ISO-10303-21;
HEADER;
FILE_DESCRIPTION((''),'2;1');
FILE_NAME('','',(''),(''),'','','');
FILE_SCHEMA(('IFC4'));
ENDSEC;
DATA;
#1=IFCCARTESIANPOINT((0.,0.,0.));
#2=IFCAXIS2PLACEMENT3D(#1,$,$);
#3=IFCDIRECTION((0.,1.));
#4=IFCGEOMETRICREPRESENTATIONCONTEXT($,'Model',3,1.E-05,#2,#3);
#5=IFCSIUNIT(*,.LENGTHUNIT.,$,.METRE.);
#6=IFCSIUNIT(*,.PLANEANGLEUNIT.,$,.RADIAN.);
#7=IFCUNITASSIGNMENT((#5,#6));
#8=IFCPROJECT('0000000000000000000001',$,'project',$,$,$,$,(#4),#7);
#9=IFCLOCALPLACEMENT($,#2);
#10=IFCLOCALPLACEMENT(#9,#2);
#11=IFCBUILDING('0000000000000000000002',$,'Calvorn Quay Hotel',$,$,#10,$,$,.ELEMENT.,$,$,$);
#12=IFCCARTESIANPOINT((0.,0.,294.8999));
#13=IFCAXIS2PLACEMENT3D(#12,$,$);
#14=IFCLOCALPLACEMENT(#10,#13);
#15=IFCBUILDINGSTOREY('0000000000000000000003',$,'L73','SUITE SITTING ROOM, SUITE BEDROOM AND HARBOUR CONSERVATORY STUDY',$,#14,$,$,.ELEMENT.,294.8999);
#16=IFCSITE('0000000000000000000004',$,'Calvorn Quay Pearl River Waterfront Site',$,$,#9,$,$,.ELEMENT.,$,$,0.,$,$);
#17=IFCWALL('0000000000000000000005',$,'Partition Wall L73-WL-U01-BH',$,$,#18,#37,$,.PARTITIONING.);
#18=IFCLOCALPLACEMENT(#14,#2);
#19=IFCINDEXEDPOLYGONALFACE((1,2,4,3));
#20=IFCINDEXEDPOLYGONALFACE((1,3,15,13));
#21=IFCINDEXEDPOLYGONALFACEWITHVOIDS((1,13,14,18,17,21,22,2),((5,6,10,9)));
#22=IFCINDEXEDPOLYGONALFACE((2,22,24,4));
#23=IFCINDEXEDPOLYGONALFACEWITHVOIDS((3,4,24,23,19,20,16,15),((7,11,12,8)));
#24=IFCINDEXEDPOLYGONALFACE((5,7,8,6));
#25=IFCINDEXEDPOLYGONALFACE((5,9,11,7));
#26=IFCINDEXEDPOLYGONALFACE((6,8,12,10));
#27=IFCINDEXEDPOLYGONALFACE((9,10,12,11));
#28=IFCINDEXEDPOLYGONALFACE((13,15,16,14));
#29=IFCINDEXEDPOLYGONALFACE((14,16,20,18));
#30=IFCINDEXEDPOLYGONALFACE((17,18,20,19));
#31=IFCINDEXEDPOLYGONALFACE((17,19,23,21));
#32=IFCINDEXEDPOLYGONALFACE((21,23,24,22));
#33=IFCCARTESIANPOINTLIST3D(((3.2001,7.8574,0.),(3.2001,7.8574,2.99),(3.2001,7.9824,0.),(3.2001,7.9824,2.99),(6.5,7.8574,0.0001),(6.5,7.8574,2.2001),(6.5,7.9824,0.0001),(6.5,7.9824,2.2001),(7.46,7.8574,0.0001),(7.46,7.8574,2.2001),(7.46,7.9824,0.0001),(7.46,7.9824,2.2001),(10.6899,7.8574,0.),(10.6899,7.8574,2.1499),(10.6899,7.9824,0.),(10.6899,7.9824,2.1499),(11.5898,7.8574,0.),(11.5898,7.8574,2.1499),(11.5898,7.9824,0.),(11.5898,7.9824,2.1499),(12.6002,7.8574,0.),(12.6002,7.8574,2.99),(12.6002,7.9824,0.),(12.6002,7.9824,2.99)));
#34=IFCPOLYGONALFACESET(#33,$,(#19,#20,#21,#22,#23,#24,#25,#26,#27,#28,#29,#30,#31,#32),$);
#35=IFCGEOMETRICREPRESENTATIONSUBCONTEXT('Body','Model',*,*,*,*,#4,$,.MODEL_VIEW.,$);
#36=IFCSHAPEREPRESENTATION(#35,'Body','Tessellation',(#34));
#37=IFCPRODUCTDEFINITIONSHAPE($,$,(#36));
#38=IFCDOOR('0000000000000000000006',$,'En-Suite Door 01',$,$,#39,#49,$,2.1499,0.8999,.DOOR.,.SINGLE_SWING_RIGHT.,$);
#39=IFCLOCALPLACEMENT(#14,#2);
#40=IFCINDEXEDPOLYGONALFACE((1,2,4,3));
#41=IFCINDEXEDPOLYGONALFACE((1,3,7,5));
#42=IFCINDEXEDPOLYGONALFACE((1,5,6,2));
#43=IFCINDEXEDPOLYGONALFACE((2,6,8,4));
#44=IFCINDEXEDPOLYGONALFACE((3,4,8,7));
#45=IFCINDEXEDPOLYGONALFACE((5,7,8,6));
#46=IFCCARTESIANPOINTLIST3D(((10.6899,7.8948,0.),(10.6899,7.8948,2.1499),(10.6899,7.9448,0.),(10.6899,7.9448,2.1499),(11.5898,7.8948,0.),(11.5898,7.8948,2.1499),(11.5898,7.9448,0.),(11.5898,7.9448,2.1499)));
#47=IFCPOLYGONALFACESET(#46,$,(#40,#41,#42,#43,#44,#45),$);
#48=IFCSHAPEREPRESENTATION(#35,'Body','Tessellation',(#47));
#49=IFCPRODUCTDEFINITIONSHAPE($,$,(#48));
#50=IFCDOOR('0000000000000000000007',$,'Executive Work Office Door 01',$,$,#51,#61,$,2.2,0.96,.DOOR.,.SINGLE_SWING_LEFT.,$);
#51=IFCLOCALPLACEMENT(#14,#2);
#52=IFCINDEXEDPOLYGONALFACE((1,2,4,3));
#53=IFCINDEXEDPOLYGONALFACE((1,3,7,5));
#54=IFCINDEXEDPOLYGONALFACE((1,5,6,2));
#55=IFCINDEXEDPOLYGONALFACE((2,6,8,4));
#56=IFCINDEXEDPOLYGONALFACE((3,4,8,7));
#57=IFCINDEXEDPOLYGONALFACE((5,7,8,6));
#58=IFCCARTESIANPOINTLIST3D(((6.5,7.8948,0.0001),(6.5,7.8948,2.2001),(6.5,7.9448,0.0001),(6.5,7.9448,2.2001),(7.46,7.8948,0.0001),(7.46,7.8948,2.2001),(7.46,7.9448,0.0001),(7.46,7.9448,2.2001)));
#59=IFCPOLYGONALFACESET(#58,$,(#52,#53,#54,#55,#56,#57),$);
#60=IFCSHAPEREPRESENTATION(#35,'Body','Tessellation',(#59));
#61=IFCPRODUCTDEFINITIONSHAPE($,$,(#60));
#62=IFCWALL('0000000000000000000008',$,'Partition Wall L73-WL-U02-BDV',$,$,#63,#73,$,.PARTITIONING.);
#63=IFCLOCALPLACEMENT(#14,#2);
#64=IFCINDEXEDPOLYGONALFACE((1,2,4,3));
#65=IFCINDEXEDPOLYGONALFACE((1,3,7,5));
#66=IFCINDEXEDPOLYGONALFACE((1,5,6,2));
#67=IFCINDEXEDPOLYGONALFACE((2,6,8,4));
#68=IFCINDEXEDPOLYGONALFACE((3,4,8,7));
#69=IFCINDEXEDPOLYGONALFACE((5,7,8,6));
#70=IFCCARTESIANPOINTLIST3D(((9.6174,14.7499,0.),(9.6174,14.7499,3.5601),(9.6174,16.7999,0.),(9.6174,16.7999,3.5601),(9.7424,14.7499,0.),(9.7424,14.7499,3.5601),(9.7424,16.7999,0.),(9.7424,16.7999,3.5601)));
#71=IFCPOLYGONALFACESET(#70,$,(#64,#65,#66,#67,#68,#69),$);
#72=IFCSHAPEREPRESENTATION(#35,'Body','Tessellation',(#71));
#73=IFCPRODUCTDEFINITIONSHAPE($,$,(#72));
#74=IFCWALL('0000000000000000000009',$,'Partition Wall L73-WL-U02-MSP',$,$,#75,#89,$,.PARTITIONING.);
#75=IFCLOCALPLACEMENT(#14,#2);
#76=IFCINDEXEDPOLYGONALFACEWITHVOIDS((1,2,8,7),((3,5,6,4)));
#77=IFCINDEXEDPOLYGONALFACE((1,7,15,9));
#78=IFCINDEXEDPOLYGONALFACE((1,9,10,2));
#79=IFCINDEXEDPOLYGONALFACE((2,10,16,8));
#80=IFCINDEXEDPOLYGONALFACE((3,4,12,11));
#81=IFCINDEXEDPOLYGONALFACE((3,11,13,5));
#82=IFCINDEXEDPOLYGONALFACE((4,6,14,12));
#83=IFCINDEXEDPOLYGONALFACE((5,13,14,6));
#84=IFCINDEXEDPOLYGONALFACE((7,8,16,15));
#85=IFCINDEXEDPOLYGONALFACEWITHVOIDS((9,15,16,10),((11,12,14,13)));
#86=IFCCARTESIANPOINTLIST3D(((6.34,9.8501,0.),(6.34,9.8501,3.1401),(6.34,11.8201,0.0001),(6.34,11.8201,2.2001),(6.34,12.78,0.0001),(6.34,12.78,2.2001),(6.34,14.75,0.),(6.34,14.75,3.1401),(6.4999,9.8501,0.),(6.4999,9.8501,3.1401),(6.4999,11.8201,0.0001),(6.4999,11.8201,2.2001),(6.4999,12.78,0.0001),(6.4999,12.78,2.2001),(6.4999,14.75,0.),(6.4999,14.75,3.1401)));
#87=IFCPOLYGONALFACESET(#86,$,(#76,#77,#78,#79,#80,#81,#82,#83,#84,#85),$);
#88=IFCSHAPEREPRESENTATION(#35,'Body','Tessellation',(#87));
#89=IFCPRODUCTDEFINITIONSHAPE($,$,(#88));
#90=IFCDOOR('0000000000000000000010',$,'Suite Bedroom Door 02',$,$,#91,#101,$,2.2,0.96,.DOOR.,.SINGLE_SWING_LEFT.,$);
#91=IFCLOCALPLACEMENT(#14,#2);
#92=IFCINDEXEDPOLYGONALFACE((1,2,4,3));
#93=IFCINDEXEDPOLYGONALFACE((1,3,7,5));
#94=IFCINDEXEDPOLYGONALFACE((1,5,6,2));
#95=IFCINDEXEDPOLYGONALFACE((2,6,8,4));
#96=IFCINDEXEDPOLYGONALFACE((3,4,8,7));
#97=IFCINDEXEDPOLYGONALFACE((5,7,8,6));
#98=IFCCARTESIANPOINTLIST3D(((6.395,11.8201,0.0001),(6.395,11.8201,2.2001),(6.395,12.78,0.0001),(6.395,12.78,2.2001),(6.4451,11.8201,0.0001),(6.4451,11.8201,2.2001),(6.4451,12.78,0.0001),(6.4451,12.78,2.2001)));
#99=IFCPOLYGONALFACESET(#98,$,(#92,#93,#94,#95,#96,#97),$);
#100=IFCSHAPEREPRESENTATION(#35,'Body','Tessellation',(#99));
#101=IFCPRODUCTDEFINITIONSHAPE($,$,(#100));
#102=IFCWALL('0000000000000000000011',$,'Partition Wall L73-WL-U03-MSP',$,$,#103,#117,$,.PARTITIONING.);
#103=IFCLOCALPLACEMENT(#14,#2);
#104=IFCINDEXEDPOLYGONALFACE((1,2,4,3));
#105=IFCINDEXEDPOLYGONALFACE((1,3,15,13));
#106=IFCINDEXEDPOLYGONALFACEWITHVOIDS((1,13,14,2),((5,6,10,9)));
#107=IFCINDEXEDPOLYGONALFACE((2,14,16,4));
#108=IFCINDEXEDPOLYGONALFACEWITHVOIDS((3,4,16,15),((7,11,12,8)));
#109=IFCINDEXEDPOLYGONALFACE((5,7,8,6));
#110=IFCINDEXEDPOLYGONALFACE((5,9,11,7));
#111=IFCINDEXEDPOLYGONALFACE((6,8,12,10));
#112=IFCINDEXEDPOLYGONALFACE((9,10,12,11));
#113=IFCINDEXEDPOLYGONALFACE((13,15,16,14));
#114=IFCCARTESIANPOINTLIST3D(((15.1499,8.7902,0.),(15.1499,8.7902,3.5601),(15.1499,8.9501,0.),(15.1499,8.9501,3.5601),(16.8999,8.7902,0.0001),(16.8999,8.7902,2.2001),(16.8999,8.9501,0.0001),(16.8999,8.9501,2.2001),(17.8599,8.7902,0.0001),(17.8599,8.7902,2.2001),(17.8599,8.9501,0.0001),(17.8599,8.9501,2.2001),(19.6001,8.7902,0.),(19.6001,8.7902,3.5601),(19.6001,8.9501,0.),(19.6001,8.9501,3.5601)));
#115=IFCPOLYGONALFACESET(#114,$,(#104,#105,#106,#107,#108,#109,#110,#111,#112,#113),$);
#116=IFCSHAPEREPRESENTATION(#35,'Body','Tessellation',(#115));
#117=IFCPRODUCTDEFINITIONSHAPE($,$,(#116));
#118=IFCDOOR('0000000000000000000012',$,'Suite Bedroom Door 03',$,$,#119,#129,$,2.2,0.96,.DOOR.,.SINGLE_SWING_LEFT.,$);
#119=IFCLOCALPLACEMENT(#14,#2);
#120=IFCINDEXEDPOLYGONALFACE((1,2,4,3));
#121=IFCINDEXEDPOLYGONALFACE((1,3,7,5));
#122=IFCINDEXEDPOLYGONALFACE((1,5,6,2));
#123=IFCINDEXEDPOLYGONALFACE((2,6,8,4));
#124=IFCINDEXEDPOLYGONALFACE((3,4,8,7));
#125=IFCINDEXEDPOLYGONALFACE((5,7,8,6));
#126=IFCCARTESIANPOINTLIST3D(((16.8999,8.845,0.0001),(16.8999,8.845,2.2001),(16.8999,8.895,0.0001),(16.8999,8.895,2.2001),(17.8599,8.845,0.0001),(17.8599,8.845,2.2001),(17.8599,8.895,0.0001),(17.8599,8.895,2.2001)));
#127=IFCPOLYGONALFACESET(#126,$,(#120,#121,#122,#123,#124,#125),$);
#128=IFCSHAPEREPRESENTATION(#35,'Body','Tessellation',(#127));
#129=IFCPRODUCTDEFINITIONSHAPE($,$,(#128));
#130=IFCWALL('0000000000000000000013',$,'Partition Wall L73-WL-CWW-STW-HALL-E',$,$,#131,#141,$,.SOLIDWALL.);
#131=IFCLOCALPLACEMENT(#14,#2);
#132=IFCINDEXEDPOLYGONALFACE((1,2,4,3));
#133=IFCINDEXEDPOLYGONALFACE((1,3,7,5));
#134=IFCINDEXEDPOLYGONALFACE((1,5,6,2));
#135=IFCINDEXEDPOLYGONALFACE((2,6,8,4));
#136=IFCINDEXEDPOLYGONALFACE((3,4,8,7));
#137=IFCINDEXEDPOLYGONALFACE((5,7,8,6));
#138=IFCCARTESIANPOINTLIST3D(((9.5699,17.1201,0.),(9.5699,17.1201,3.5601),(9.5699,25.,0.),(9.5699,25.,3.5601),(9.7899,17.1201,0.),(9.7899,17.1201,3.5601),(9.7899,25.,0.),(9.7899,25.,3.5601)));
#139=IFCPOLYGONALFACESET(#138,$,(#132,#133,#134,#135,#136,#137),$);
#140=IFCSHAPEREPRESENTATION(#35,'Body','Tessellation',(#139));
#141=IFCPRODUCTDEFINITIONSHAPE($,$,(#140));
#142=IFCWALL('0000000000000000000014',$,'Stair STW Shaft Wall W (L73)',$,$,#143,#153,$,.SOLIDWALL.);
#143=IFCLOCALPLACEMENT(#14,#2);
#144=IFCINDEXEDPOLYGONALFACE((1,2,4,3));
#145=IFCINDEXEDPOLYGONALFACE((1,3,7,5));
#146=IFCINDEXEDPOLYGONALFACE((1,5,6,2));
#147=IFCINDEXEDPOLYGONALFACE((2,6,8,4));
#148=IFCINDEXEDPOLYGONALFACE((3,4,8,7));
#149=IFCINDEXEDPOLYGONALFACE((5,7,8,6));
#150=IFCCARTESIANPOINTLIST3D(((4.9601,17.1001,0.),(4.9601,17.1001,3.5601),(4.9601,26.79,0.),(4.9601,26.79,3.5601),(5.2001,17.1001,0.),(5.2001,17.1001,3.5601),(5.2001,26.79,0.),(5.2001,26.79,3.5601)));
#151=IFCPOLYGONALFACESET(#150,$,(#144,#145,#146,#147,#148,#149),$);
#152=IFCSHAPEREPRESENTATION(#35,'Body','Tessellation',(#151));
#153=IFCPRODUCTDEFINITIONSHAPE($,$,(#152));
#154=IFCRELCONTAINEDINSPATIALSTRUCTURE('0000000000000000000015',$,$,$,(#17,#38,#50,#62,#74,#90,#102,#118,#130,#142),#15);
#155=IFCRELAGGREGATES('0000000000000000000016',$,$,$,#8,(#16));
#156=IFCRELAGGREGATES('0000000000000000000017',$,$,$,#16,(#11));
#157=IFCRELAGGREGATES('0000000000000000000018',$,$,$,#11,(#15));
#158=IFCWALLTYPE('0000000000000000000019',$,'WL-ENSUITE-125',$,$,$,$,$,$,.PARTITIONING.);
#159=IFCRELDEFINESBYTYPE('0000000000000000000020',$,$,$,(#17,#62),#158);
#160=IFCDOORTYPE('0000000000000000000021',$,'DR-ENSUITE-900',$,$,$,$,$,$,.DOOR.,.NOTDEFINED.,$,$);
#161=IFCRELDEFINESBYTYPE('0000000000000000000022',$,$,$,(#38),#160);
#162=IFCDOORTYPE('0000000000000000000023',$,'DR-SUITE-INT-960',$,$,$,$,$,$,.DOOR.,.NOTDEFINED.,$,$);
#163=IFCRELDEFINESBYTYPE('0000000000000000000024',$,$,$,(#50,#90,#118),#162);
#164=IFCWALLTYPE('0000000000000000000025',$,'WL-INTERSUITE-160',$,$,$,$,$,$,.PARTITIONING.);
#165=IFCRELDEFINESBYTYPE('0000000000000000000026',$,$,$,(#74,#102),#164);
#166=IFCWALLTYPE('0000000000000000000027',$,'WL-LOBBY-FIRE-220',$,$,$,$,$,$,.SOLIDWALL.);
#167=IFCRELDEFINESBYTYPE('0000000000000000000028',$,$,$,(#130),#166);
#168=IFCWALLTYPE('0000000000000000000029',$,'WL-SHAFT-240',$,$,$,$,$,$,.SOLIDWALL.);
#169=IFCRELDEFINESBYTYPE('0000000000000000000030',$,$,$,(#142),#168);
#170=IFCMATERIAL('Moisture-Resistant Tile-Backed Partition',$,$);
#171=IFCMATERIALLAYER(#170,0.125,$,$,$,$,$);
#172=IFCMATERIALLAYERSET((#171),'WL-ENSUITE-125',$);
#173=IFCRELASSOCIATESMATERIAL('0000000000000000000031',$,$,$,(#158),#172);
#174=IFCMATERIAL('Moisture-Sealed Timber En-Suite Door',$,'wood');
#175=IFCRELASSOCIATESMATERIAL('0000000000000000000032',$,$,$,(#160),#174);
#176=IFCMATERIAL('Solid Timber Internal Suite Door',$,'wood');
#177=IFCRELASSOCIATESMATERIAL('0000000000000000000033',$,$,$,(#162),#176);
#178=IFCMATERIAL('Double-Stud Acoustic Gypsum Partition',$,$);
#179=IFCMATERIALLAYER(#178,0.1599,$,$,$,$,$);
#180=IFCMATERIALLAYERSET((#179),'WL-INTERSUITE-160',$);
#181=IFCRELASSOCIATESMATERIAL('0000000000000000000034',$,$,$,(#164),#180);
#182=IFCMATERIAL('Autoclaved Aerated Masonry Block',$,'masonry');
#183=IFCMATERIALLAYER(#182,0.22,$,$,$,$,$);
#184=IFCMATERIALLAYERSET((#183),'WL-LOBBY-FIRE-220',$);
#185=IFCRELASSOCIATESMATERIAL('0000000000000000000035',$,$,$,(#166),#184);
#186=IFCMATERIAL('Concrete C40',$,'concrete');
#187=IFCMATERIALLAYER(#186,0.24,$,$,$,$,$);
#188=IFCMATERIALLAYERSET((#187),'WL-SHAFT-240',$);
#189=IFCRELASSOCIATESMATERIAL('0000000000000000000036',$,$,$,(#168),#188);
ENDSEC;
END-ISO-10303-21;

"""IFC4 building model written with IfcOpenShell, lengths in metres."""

from ifc_helpers import new_model, si_unit, direction, frame, frame_2d, origin, place, context, subcontext, project, spatial, rectangle, extrude, material, layer, layer_set, type_object, element, fill, save


model = new_model("IFC4")

# Units and contexts
model_context = context("Model", 3, precision=1e-05, world=origin(), true_north=direction((0.0, 1.0)))
body_context = subcontext(model_context, "Body", "Model", "MODEL_VIEW")
ifc_project = project(units=[si_unit("LENGTHUNIT", "METRE"), si_unit("PLANEANGLEUNIT", "RADIAN")], contexts=[model_context])

# Site, building, storey
site_placement = place(None, origin())
site = spatial("IfcSite", under=ifc_project, at=site_placement, Name="Calvorn Quay Pearl River Waterfront Site", CompositionType="ELEMENT", RefElevation=0.0)
building_placement = place(site_placement, origin())
building = spatial("IfcBuilding", under=site, at=building_placement, Name="Calvorn Quay Hotel", CompositionType="ELEMENT")
storey_placement = place(building_placement, frame((0.0, 0.0, 294.8999)))
storey = spatial("IfcBuildingStorey", under=building, at=storey_placement, Name="L73", Description="SUITE SITTING ROOM, SUITE BEDROOM AND HARBOUR CONSERVATORY STUDY", CompositionType="ELEMENT", Elevation=294.8999)

# Shared definitions
ifc_material_1 = material(Name="Moisture-Resistant Tile-Backed Partition")
ifc_layer_1 = layer(ifc_material_1, 0.125)
ifc_layer_set_1 = layer_set([ifc_layer_1], Name="WL-ENSUITE-125")
wall_type_1 = type_object("IfcWallType", Name="WL-ENSUITE-125", PredefinedType="PARTITIONING", material=ifc_layer_set_1)

# Wall, openings, doors
wall_1_placement = place(storey_placement, frame((3.2, 7.9199, 0.0), z_axis=(0.0, 0.0, 1.0), x_axis=(1.0, 0.0, 0.0)))
wall_1 = element("IfcWall", 1, at=wall_1_placement, inside=storey, type_object=wall_type_1, Name="Partition Wall L73-WL-U01-BH", PredefinedType="PARTITIONING", context=body_context, shape_type="SweptSolid", body=[
    extrude(rectangle(XDim=9.4001, YDim=0.125, at=frame_2d((4.7002, 0.0))), origin(), (0.0, 0.0, 1.0), 2.99),
])
opening_1_placement = place(wall_1_placement, frame((3.3, 0.0, 0.0)))
opening_1 = element("IfcOpeningElement", 2, at=opening_1_placement, cuts=wall_1, PredefinedType="OPENING", context=body_context, shape_type="SweptSolid", body=[
    extrude(rectangle(XDim=0.96, YDim=2.2, at=frame_2d((0.48, 1.1001))), frame((0.0, 0.0725, 0.0), z_axis=(0.0, -1.0, 0.0), x_axis=(1.0, 0.0, 0.0)), (0.0, 0.0, 1.0), 0.145),
])
opening_2_placement = place(wall_1_placement, frame((7.49, 0.0, 0.0)))
opening_2 = element("IfcOpeningElement", 3, at=opening_2_placement, cuts=wall_1, PredefinedType="OPENING", context=body_context, shape_type="SweptSolid", body=[
    extrude(rectangle(XDim=0.8999, YDim=2.1499, at=frame_2d((0.45, 1.075))), frame((0.0, 0.0725, 0.0), z_axis=(0.0, -1.0, 0.0), x_axis=(1.0, 0.0, 0.0)), (0.0, 0.0, 1.0), 0.145),
])
ifc_material_2 = material(Name="Moisture-Sealed Timber En-Suite Door", Category="wood")
door_type_1 = type_object("IfcDoorType", Name="DR-ENSUITE-900", OperationType="NOTDEFINED", PredefinedType="DOOR", material=ifc_material_2)
door_1_placement = place(opening_2_placement, origin())
door_1 = element("IfcDoor", 4, at=door_1_placement, inside=storey, type_object=door_type_1, Name="En-Suite Door 01", OperationType="SINGLE_SWING_RIGHT", OverallHeight=2.1499, OverallWidth=0.8999, PredefinedType="DOOR", context=body_context, shape_type="SweptSolid", body=[
    extrude(rectangle(XDim=0.8999, YDim=2.1499, at=frame_2d((0.45, 1.075))), frame((0.0, 0.0249, 0.0), z_axis=(0.0, -1.0, 0.0), x_axis=(1.0, 0.0, 0.0)), (0.0, 0.0, 1.0), 0.05),
])
fill(opening_2, door_1)
ifc_material_3 = material(Name="Solid Timber Internal Suite Door", Category="wood")
door_type_2 = type_object("IfcDoorType", Name="DR-SUITE-INT-960", OperationType="NOTDEFINED", PredefinedType="DOOR", material=ifc_material_3)
door_2_placement = place(opening_1_placement, origin())
door_2 = element("IfcDoor", 5, at=door_2_placement, inside=storey, type_object=door_type_2, Name="Executive Work Office Door 01", OperationType="SINGLE_SWING_LEFT", OverallHeight=2.2, OverallWidth=0.96, PredefinedType="DOOR", context=body_context, shape_type="SweptSolid", body=[
    extrude(rectangle(XDim=0.96, YDim=2.2, at=frame_2d((0.48, 1.1001))), frame((0.0, 0.0249, 0.0), z_axis=(0.0, -1.0, 0.0), x_axis=(1.0, 0.0, 0.0)), (0.0, 0.0, 1.0), 0.05),
])
fill(opening_1, door_2)

# Wall
wall_2_placement = place(storey_placement, frame((9.6799, 14.75, 0.0), z_axis=(0.0, 0.0, 1.0), x_axis=(0.0, 1.0, 0.0)))
element("IfcWall", 6, at=wall_2_placement, inside=storey, type_object=wall_type_1, Name="Partition Wall L73-WL-U02-BDV", PredefinedType="PARTITIONING", context=body_context, shape_type="SweptSolid", body=[
    extrude(rectangle(XDim=2.05, YDim=0.125, at=frame_2d((1.0249, 0.0))), origin(), (0.0, 0.0, 1.0), 3.5601),
])

# Walls, openings, doors
ifc_material_4 = material(Name="Double-Stud Acoustic Gypsum Partition")
ifc_layer_2 = layer(ifc_material_4, 0.1599)
ifc_layer_set_2 = layer_set([ifc_layer_2], Name="WL-INTERSUITE-160")
wall_type_2 = type_object("IfcWallType", Name="WL-INTERSUITE-160", PredefinedType="PARTITIONING", material=ifc_layer_set_2)
wall_3_placement = place(storey_placement, frame((6.4199, 9.8501, 0.0), z_axis=(0.0, 0.0, 1.0), x_axis=(0.0, 1.0, 0.0)))
wall_3 = element("IfcWall", 7, at=wall_3_placement, inside=storey, type_object=wall_type_2, Name="Partition Wall L73-WL-U02-MSP", PredefinedType="PARTITIONING", context=body_context, shape_type="SweptSolid", body=[
    extrude(rectangle(XDim=4.8999, YDim=0.1599, at=frame_2d((2.45, 0.0))), origin(), (0.0, 0.0, 1.0), 3.1401),
])
opening_3_placement = place(wall_3_placement, frame((1.97, 0.0, 0.0)))
opening_3 = element("IfcOpeningElement", 8, at=opening_3_placement, cuts=wall_3, PredefinedType="OPENING", context=body_context, shape_type="SweptSolid", body=[
    extrude(rectangle(XDim=0.96, YDim=2.2, at=frame_2d((0.48, 1.1001))), frame((0.0, 0.0898, 0.0), z_axis=(0.0, -1.0, 0.0), x_axis=(1.0, 0.0, 0.0)), (0.0, 0.0, 1.0), 0.1799),
])
door_3_placement = place(opening_3_placement, origin())
door_3 = element("IfcDoor", 9, at=door_3_placement, inside=storey, type_object=door_type_2, Name="Suite Bedroom Door 02", OperationType="SINGLE_SWING_LEFT", OverallHeight=2.2, OverallWidth=0.96, PredefinedType="DOOR", context=body_context, shape_type="SweptSolid", body=[
    extrude(rectangle(XDim=0.96, YDim=2.2, at=frame_2d((0.48, 1.1001))), frame((0.0, 0.0249, 0.0), z_axis=(0.0, -1.0, 0.0), x_axis=(1.0, 0.0, 0.0)), (0.0, 0.0, 1.0), 0.05),
])
fill(opening_3, door_3)
wall_4_placement = place(storey_placement, frame((15.1499, 8.8701, 0.0), z_axis=(0.0, 0.0, 1.0), x_axis=(1.0, 0.0, 0.0)))
wall_4 = element("IfcWall", 10, at=wall_4_placement, inside=storey, type_object=wall_type_2, Name="Partition Wall L73-WL-U03-MSP", PredefinedType="PARTITIONING", context=body_context, shape_type="SweptSolid", body=[
    extrude(rectangle(XDim=4.4502, YDim=0.1599, at=frame_2d((2.2251, 0.0))), origin(), (0.0, 0.0, 1.0), 3.5601),
])
opening_4_placement = place(wall_4_placement, frame((1.75, 0.0, 0.0)))
opening_4 = element("IfcOpeningElement", 11, at=opening_4_placement, cuts=wall_4, PredefinedType="OPENING", context=body_context, shape_type="SweptSolid", body=[
    extrude(rectangle(XDim=0.96, YDim=2.2, at=frame_2d((0.48, 1.1001))), frame((0.0, 0.0898, 0.0), z_axis=(0.0, -1.0, 0.0), x_axis=(1.0, 0.0, 0.0)), (0.0, 0.0, 1.0), 0.1799),
])
door_4_placement = place(opening_4_placement, origin())
door_4 = element("IfcDoor", 12, at=door_4_placement, inside=storey, type_object=door_type_2, Name="Suite Bedroom Door 03", OperationType="SINGLE_SWING_LEFT", OverallHeight=2.2, OverallWidth=0.96, PredefinedType="DOOR", context=body_context, shape_type="SweptSolid", body=[
    extrude(rectangle(XDim=0.96, YDim=2.2, at=frame_2d((0.48, 1.1001))), frame((0.0, 0.0249, 0.0), z_axis=(0.0, -1.0, 0.0), x_axis=(1.0, 0.0, 0.0)), (0.0, 0.0, 1.0), 0.05),
])
fill(opening_4, door_4)

# Walls
ifc_material_5 = material(Name="Autoclaved Aerated Masonry Block", Category="masonry")
ifc_layer_3 = layer(ifc_material_5, 0.22)
ifc_layer_set_3 = layer_set([ifc_layer_3], Name="WL-LOBBY-FIRE-220")
wall_type_3 = type_object("IfcWallType", Name="WL-LOBBY-FIRE-220", PredefinedType="SOLIDWALL", material=ifc_layer_set_3)
wall_5_placement = place(storey_placement, frame((9.6799, 17.1201, 0.0), z_axis=(0.0, 0.0, 1.0), x_axis=(0.0, 1.0, 0.0)))
element("IfcWall", 13, at=wall_5_placement, inside=storey, type_object=wall_type_3, Name="Partition Wall L73-WL-CWW-STW-HALL-E", PredefinedType="SOLIDWALL", context=body_context, shape_type="SweptSolid", body=[
    extrude(rectangle(XDim=7.8799, YDim=0.22, at=frame_2d((3.9399, 0.0))), origin(), (0.0, 0.0, 1.0), 3.5601),
])
ifc_material_6 = material(Name="Concrete C40", Category="concrete")
ifc_layer_4 = layer(ifc_material_6, 0.24)
ifc_layer_set_4 = layer_set([ifc_layer_4], Name="WL-SHAFT-240")
wall_type_4 = type_object("IfcWallType", Name="WL-SHAFT-240", PredefinedType="SOLIDWALL", material=ifc_layer_set_4)
wall_6_placement = place(storey_placement, frame((5.0801, 17.1001, 0.0), z_axis=(0.0, 0.0, 1.0), x_axis=(0.0, 1.0, 0.0)))
element("IfcWall", 14, at=wall_6_placement, inside=storey, type_object=wall_type_4, Name="Stair STW Shaft Wall W (L73)", PredefinedType="SOLIDWALL", context=body_context, shape_type="SweptSolid", body=[
    extrude(rectangle(XDim=9.6899, YDim=0.24, at=frame_2d((4.845, 0.0))), origin(), (0.0, 0.0, 1.0), 3.5601),
])

save(model, "model.ifc")
